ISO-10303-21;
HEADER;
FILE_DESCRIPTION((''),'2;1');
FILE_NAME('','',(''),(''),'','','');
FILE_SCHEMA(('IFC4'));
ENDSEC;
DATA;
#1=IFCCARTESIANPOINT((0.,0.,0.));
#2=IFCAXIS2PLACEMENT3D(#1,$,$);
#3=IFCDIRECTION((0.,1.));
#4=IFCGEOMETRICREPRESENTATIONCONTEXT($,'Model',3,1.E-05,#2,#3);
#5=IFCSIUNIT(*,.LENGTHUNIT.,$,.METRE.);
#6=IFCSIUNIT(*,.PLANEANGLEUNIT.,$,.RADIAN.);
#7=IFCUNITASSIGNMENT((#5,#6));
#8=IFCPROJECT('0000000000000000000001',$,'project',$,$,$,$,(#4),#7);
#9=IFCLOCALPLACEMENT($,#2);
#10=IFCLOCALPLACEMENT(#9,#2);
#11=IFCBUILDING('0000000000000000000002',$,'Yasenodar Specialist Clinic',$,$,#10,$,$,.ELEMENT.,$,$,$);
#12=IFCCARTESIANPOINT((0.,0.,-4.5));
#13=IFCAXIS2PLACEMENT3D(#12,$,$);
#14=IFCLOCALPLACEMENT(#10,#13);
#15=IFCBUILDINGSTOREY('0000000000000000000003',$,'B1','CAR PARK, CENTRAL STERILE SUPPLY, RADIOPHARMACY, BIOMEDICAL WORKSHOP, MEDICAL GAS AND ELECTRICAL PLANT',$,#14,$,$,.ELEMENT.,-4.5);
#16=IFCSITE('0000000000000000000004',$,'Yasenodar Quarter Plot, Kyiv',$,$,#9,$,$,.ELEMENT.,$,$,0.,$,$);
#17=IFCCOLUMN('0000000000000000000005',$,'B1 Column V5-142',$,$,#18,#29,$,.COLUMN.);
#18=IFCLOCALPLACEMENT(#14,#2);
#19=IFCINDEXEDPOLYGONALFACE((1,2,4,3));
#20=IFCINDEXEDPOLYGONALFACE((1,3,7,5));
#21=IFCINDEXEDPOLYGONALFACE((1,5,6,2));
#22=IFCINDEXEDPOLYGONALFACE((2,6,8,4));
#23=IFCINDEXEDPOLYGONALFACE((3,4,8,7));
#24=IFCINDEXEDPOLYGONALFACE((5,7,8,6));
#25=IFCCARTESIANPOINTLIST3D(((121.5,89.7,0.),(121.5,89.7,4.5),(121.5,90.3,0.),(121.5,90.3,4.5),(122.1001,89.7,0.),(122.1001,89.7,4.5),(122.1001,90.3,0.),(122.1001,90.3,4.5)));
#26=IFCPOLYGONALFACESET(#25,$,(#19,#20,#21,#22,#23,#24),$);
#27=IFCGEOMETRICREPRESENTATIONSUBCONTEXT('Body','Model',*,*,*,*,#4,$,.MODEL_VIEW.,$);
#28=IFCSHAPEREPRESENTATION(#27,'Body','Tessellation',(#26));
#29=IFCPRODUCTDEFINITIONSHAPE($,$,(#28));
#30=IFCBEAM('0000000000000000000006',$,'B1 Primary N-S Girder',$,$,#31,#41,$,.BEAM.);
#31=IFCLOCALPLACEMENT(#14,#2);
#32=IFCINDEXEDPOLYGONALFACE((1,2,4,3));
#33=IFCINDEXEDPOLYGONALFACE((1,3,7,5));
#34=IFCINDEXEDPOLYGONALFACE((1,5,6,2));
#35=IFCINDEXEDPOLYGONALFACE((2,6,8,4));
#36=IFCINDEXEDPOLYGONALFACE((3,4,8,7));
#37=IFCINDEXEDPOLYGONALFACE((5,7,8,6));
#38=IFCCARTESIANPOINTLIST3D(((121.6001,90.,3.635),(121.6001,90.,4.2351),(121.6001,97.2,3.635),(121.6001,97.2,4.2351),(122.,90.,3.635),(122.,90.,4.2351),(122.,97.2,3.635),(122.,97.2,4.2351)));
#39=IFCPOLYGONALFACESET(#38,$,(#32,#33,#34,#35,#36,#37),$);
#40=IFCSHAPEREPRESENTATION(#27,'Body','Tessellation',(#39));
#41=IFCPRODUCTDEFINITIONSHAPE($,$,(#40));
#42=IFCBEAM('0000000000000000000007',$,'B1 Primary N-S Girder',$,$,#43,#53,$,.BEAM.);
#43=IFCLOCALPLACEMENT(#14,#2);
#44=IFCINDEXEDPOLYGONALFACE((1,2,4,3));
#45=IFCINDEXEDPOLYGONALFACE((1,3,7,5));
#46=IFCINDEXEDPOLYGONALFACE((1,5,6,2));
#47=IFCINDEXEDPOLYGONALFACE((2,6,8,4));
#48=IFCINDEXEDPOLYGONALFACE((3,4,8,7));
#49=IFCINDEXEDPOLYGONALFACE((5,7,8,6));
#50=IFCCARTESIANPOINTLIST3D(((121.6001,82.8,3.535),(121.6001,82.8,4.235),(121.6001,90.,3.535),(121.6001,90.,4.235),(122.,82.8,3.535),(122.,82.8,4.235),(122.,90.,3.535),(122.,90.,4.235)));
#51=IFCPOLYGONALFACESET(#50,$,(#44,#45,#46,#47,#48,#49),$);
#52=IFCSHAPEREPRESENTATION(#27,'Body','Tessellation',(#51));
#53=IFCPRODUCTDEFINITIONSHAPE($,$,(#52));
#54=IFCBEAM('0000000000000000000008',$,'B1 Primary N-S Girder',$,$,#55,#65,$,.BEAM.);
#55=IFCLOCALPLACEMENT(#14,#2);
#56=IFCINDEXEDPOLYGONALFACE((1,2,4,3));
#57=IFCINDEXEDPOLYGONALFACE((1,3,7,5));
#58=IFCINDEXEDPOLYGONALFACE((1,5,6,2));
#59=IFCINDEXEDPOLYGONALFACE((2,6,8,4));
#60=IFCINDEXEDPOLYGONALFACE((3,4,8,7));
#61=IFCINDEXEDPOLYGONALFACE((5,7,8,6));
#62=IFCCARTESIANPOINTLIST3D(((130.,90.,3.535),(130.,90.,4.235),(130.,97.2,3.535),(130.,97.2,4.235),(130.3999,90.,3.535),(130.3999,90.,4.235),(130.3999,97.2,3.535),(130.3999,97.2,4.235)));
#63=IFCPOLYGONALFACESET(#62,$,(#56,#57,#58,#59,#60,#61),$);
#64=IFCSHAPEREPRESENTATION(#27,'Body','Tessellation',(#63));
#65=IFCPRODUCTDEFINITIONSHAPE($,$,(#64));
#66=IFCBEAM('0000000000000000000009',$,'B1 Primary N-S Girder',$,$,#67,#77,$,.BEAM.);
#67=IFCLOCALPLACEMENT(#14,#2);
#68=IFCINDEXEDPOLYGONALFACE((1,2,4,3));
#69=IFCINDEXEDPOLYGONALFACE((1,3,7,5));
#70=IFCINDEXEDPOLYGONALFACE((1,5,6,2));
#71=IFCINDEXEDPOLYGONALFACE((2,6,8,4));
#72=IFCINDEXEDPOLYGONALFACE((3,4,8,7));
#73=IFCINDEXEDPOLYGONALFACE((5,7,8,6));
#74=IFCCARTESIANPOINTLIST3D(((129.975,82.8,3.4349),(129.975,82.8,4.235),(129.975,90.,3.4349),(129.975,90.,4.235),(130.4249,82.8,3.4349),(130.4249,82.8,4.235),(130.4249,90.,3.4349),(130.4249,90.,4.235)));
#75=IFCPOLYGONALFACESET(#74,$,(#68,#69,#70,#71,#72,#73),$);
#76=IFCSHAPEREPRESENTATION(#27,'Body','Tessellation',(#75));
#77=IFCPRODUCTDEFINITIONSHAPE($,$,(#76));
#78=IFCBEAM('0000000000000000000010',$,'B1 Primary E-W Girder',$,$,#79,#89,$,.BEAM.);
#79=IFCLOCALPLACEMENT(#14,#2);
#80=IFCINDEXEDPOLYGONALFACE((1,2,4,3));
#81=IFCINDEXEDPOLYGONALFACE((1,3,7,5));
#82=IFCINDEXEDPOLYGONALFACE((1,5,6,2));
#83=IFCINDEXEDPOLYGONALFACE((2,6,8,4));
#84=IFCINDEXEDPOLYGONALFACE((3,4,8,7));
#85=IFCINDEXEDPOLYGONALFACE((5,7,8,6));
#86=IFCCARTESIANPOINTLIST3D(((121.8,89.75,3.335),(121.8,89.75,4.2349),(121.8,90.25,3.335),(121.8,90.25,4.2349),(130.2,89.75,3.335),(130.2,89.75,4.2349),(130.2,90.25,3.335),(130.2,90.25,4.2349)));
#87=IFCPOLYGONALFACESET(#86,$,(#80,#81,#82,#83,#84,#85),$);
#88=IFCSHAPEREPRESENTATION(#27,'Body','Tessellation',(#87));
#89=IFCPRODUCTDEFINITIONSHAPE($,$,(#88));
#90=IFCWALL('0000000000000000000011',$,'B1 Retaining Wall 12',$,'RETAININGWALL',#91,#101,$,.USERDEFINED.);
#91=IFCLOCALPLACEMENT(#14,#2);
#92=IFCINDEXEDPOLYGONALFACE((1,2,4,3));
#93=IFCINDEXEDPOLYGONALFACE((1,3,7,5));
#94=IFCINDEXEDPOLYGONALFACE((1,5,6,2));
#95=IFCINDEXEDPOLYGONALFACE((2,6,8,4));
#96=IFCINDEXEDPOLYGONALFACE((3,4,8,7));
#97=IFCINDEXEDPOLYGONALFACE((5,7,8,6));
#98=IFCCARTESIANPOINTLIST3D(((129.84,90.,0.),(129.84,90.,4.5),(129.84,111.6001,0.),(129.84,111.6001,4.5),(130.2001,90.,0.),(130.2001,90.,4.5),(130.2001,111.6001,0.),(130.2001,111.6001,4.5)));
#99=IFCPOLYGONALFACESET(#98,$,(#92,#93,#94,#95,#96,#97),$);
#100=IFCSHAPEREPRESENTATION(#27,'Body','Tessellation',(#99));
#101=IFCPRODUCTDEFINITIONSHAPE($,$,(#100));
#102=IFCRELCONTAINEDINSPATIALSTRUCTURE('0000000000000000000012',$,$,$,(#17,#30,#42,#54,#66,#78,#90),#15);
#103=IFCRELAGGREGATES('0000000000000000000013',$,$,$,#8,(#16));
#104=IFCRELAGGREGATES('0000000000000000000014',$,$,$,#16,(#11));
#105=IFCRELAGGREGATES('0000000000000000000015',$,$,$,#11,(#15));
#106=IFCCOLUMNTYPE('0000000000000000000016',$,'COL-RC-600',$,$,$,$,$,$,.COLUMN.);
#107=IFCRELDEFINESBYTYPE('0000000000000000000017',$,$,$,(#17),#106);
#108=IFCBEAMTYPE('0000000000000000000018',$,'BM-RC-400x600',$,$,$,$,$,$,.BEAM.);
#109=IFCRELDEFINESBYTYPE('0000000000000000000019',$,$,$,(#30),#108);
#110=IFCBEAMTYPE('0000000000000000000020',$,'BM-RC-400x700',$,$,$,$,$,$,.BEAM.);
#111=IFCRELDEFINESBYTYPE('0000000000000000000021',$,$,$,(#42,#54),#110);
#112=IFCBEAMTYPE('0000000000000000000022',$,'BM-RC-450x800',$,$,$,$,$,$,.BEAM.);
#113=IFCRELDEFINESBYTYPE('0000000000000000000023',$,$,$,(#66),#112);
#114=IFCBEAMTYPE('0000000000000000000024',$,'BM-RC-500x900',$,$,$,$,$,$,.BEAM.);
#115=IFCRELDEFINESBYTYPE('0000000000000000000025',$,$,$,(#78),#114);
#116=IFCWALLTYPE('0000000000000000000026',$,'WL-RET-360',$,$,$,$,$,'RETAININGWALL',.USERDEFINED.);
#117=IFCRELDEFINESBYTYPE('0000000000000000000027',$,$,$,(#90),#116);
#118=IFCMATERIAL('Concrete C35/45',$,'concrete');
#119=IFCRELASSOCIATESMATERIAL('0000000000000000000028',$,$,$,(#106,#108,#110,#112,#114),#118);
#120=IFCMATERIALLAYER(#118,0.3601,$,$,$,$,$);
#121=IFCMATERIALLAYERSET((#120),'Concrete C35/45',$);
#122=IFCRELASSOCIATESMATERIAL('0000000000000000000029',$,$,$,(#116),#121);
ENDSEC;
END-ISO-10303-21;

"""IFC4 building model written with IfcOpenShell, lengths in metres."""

from ifc_helpers import new_model, si_unit, direction, frame, frame_2d, origin, origin_2d, place, context, subcontext, project, spatial, rectangle, extrude, material, layer, layer_set, material_profile, profile_set, type_object, element, save


model = new_model("IFC4")

# Units and contexts
model_context = context("Model", 3, precision=1e-05, world=origin(), true_north=direction((0.0, 1.0)))
body_context = subcontext(model_context, "Body", "Model", "MODEL_VIEW")
ifc_project = project(units=[si_unit("LENGTHUNIT", "METRE"), si_unit("PLANEANGLEUNIT", "RADIAN")], contexts=[model_context])

# Site, building, storey
site_placement = place(None, origin())
site = spatial("IfcSite", under=ifc_project, at=site_placement, Name="Yasenodar Quarter Plot, Kyiv", CompositionType="ELEMENT", RefElevation=0.0)
building_placement = place(site_placement, origin())
building = spatial("IfcBuilding", under=site, at=building_placement, Name="Yasenodar Specialist Clinic", CompositionType="ELEMENT")
storey_placement = place(building_placement, frame((0.0, 0.0, -4.5)))
storey = spatial("IfcBuildingStorey", under=building, at=storey_placement, Name="B1", Description="CAR PARK, CENTRAL STERILE SUPPLY, RADIOPHARMACY, BIOMEDICAL WORKSHOP, MEDICAL GAS AND ELECTRICAL PLANT", CompositionType="ELEMENT", Elevation=-4.5)

# Shared definitions
ifc_material_1 = material(Name="Concrete C35/45", Category="concrete")

# Column
ifc_material_profile_1 = material_profile(ifc_material_1, rectangle(XDim=0.6001, YDim=0.6001, at=origin_2d()), Name="RC 600x600")
ifc_profile_set_1 = profile_set([ifc_material_profile_1], Name="Concrete C35/45")
column_type_1 = type_object("IfcColumnType", Name="COL-RC-600", PredefinedType="COLUMN", material=ifc_profile_set_1)
column_1_placement = place(storey_placement, frame((121.8, 90.0, 0.0), z_axis=(0.0, 0.0, 1.0), x_axis=(1.0, 0.0, 0.0)))
element("IfcColumn", 1, at=column_1_placement, inside=storey, type_object=column_type_1, Name="B1 Column V5-142", PredefinedType="COLUMN", context=body_context, shape_type="SweptSolid", body=[
    extrude(rectangle(XDim=0.6001, YDim=0.6001, at=origin_2d()), origin(), (0.0, 0.0, 1.0), 4.5),
])

# Beams
ifc_material_profile_2 = material_profile(ifc_material_1, rectangle(XDim=0.3999, YDim=0.6001, at=origin_2d()), Name="RC 400x600")
ifc_profile_set_2 = profile_set([ifc_material_profile_2], Name="Concrete C35/45")
beam_type_1 = type_object("IfcBeamType", Name="BM-RC-400x600", PredefinedType="BEAM", material=ifc_profile_set_2)
beam_1_placement = place(storey_placement, frame((121.8, 90.0, 3.9351), z_axis=(0.0, 1.0, 0.0), x_axis=(-1.0, 0.0, 0.0)))
element("IfcBeam", 2, at=beam_1_placement, inside=storey, type_object=beam_type_1, Name="B1 Primary N-S Girder", PredefinedType="BEAM", context=body_context, shape_type="SweptSolid", body=[
    extrude(rectangle(XDim=0.3999, YDim=0.6001, at=origin_2d()), origin(), (0.0, 0.0, 1.0), 7.2),
])
ifc_material_profile_3 = material_profile(ifc_material_1, rectangle(XDim=0.3999, YDim=0.7, at=origin_2d()), Name="RC 400x700")
ifc_profile_set_3 = profile_set([ifc_material_profile_3], Name="Concrete C35/45")
beam_type_2 = type_object("IfcBeamType", Name="BM-RC-400x700", PredefinedType="BEAM", material=ifc_profile_set_3)
for number, where, z_axis, x_axis, name in (
    (3, (121.8, 82.8, 3.885), (0.0, 1.0, 0.0), (-1.0, 0.0, 0.0), "B1 Primary N-S Girder"),
    (4, (130.2, 90.0, 3.885), (0.0, 1.0, 0.0), (-1.0, 0.0, 0.0), "B1 Primary N-S Girder"),
):
    element("IfcBeam", number, at=place(storey_placement, frame(where, z_axis=z_axis, x_axis=x_axis)), inside=storey, type_object=beam_type_2, Name=name, PredefinedType="BEAM", context=body_context, shape_type="SweptSolid", body=[
        extrude(rectangle(XDim=0.3999, YDim=0.7, at=origin_2d()), origin(), (0.0, 0.0, 1.0), 7.2),
    ])
ifc_material_profile_4 = material_profile(ifc_material_1, rectangle(XDim=0.45, YDim=0.8, at=origin_2d()), Name="RC 450x800")
ifc_profile_set_4 = profile_set([ifc_material_profile_4], Name="Concrete C35/45")
beam_type_3 = type_object("IfcBeamType", Name="BM-RC-450x800", PredefinedType="BEAM", material=ifc_profile_set_4)
beam_2_placement = place(storey_placement, frame((130.2, 82.8, 3.835), z_axis=(0.0, 1.0, 0.0), x_axis=(-1.0, 0.0, 0.0)))
element("IfcBeam", 5, at=beam_2_placement, inside=storey, type_object=beam_type_3, Name="B1 Primary N-S Girder", PredefinedType="BEAM", context=body_context, shape_type="SweptSolid", body=[
    extrude(rectangle(XDim=0.45, YDim=0.8, at=origin_2d()), origin(), (0.0, 0.0, 1.0), 7.2),
])
ifc_material_profile_5 = material_profile(ifc_material_1, rectangle(XDim=0.5, YDim=0.8999, at=origin_2d()), Name="RC 500x900")
ifc_profile_set_5 = profile_set([ifc_material_profile_5], Name="Concrete C35/45")
beam_type_4 = type_object("IfcBeamType", Name="BM-RC-500x900", PredefinedType="BEAM", material=ifc_profile_set_5)
beam_3_placement = place(storey_placement, frame((121.8, 90.0, 3.7849), z_axis=(1.0, 0.0, 0.0), x_axis=(0.0, 1.0, 0.0)))
element("IfcBeam", 6, at=beam_3_placement, inside=storey, type_object=beam_type_4, Name="B1 Primary E-W Girder", PredefinedType="BEAM", context=body_context, shape_type="SweptSolid", body=[
    extrude(rectangle(XDim=0.5, YDim=0.8999, at=origin_2d()), origin(), (0.0, 0.0, 1.0), 8.3999),
])

# Wall
ifc_layer = layer(ifc_material_1, 0.3601)
ifc_layer_set = layer_set([ifc_layer], Name="Concrete C35/45")
wall_type = type_object("IfcWallType", Name="WL-RET-360", ElementType="RETAININGWALL", PredefinedType="USERDEFINED", material=ifc_layer_set)
wall_placement = place(storey_placement, frame((130.02, 90.0, 0.0), z_axis=(0.0, 0.0, 1.0), x_axis=(0.0, 1.0, 0.0)))
element("IfcWall", 7, at=wall_placement, inside=storey, type_object=wall_type, Name="B1 Retaining Wall 12", ObjectType="RETAININGWALL", PredefinedType="USERDEFINED", context=body_context, shape_type="SweptSolid", body=[
    extrude(rectangle(XDim=21.6001, YDim=0.3601, at=frame_2d((10.8, 0.0))), origin(), (0.0, 0.0, 1.0), 4.5),
])

save(model, "model.ifc")
